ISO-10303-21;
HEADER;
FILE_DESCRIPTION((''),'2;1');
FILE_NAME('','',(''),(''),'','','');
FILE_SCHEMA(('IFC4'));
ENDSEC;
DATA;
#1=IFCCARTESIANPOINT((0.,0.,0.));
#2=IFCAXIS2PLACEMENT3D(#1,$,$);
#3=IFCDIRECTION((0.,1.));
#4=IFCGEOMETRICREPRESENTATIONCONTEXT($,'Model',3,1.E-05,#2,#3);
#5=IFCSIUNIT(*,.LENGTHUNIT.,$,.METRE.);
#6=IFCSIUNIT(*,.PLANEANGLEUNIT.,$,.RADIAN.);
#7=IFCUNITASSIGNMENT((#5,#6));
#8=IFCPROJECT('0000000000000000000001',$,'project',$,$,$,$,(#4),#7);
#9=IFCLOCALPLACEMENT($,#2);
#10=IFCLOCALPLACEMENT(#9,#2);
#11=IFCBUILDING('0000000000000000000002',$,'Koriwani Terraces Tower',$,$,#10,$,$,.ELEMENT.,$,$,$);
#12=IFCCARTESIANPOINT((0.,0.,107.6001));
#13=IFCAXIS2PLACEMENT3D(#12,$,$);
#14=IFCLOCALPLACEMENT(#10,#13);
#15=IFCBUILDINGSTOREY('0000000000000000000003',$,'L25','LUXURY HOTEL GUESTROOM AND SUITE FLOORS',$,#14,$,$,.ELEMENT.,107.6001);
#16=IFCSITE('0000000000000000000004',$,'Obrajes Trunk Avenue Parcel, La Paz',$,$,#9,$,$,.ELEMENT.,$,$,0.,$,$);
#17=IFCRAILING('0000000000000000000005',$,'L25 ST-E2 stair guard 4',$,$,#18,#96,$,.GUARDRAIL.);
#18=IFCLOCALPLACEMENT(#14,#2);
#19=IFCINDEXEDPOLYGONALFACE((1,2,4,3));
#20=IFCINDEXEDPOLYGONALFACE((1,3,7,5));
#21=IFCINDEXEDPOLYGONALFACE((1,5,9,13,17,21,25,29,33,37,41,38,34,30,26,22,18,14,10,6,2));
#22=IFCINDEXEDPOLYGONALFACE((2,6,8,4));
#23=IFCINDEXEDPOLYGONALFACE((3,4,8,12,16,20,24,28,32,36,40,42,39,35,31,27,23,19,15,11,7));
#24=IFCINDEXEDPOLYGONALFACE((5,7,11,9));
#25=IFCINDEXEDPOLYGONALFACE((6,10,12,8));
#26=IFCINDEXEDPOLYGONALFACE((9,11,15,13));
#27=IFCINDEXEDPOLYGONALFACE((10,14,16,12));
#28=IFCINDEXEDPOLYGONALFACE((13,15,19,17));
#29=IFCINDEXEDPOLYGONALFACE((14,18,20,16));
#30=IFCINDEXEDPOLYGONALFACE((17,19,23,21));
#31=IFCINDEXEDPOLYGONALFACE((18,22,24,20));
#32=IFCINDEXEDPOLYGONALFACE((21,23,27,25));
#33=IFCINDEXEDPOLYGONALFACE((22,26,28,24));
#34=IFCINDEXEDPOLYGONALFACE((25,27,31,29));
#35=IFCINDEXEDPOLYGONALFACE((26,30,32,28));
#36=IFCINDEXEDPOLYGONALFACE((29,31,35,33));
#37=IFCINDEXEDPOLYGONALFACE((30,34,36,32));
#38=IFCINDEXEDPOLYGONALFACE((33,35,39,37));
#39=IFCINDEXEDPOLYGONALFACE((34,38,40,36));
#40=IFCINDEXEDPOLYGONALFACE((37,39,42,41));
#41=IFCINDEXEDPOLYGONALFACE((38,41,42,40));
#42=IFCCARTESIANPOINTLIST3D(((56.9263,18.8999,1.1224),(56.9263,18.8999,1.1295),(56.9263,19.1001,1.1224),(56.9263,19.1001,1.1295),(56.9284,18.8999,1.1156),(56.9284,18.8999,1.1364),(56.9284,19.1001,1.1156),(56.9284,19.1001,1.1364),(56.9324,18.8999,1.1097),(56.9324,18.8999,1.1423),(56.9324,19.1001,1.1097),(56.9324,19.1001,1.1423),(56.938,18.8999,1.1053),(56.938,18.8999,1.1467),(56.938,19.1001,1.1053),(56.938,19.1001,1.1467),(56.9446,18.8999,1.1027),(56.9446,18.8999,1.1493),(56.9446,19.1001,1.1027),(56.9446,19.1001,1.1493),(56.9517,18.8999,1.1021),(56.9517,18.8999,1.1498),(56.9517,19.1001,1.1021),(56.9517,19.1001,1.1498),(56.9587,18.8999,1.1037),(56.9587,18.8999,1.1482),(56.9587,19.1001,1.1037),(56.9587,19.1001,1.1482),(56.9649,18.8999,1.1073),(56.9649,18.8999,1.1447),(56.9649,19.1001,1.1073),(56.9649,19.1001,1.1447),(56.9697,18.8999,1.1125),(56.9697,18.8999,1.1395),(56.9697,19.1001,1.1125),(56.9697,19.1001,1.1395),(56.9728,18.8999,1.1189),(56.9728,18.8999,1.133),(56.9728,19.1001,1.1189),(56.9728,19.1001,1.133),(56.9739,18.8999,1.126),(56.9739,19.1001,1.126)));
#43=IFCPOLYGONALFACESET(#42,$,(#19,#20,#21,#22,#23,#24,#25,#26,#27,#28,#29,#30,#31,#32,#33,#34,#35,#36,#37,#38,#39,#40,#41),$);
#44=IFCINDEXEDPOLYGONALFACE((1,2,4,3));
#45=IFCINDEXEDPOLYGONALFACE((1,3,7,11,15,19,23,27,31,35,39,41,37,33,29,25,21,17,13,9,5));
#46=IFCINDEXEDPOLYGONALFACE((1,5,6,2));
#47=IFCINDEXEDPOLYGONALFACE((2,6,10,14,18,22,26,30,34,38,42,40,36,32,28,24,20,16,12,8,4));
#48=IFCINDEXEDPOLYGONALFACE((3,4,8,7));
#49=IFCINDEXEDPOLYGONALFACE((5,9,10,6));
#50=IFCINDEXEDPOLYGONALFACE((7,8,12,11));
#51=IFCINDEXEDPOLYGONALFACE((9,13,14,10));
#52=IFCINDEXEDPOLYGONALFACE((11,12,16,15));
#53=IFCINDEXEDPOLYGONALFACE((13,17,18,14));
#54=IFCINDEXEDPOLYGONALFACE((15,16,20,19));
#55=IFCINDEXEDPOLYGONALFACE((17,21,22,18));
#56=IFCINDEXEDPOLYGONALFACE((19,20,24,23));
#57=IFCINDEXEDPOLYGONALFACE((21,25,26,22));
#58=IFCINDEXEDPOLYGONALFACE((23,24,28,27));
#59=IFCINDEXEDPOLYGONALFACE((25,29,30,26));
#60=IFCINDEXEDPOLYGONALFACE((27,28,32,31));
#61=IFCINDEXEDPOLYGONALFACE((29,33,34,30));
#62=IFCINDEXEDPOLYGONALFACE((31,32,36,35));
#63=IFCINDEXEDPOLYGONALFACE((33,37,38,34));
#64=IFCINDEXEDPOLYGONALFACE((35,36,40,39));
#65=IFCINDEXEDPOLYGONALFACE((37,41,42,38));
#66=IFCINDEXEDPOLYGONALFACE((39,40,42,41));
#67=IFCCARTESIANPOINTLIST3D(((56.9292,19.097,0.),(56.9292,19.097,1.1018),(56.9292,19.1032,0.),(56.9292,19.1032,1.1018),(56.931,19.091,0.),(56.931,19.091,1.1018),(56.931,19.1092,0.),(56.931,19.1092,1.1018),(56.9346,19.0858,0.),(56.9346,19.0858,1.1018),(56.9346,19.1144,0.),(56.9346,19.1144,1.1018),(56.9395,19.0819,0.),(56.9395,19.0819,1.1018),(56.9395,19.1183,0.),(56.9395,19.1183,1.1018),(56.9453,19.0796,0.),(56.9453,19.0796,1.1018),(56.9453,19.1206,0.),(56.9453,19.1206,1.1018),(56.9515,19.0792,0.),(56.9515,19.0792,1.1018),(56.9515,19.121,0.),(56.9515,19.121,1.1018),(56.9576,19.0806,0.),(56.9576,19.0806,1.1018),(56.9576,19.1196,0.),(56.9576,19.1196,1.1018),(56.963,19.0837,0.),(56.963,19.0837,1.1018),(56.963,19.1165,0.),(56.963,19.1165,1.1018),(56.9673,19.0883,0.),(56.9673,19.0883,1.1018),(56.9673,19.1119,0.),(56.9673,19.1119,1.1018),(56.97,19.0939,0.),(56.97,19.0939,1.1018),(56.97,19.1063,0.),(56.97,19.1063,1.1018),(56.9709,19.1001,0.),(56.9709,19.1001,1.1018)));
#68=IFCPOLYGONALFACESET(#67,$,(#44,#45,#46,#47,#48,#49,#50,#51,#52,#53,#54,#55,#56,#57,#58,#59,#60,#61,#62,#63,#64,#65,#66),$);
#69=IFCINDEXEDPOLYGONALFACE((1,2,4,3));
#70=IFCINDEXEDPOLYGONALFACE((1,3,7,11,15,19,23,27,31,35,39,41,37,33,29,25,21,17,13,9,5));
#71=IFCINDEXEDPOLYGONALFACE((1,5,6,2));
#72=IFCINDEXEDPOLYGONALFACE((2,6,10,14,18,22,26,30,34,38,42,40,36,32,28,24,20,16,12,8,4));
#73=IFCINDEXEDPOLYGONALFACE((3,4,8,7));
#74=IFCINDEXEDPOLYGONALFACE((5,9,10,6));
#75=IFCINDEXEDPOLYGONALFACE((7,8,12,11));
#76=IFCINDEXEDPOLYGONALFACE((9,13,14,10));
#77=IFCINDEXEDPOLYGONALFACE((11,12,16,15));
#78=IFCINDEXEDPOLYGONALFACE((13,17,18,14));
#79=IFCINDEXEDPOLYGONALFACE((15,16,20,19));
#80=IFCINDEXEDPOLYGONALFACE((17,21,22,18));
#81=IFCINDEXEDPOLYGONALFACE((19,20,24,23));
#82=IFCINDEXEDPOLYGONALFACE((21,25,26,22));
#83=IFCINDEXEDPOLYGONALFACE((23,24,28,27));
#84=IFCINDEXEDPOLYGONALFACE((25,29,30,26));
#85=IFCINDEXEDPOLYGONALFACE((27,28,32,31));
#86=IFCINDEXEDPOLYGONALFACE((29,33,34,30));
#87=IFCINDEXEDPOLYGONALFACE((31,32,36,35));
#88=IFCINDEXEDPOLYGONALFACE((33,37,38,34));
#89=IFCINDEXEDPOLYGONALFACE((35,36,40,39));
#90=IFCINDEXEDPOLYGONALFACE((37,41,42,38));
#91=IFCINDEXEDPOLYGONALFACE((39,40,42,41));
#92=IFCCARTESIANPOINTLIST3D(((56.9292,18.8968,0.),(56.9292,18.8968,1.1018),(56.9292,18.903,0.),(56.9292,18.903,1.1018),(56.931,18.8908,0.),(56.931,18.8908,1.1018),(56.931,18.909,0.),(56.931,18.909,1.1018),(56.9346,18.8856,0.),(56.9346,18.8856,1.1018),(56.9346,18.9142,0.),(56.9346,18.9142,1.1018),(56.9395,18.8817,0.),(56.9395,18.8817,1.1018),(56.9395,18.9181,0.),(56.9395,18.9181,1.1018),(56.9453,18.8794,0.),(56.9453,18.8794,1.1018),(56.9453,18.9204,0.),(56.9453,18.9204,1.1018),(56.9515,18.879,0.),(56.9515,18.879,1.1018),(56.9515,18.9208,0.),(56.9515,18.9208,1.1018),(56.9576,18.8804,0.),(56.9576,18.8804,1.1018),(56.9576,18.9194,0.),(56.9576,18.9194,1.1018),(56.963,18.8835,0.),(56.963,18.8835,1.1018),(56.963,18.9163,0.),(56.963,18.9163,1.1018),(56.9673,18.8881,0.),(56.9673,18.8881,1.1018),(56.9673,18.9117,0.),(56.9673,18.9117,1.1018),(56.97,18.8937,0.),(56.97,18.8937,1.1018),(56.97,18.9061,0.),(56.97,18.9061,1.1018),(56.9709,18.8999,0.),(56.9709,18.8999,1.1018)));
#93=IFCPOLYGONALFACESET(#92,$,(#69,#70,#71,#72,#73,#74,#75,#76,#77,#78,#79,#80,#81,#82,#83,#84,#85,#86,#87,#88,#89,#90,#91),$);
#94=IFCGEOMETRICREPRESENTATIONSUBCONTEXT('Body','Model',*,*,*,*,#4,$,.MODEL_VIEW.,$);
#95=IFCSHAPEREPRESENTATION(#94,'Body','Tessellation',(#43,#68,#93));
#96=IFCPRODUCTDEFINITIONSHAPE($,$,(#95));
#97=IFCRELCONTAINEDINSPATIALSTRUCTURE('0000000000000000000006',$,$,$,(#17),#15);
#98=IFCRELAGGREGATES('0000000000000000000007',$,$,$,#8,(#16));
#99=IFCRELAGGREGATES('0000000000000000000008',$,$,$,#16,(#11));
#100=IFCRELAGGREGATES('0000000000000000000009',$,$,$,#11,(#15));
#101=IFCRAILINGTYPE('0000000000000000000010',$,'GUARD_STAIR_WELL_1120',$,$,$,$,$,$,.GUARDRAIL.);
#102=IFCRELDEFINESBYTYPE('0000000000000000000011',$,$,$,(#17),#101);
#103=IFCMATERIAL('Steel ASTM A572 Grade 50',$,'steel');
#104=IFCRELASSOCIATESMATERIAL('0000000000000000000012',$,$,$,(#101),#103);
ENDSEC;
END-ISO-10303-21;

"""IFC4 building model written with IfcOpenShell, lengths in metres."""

from ifc_helpers import new_model, si_unit, direction, frame, origin, origin_2d, place, context, subcontext, project, spatial, circle, extrude, material, type_object, element, save


model = new_model("IFC4")

# Units and contexts
model_context = context("Model", 3, precision=1e-05, world=origin(), true_north=direction((0.0, 1.0)))
body_context = subcontext(model_context, "Body", "Model", "MODEL_VIEW")
ifc_project = project(units=[si_unit("LENGTHUNIT", "METRE"), si_unit("PLANEANGLEUNIT", "RADIAN")], contexts=[model_context])

# Site, building, storey
site_placement = place(None, origin())
site = spatial("IfcSite", under=ifc_project, at=site_placement, Name="Obrajes Trunk Avenue Parcel, La Paz", CompositionType="ELEMENT", RefElevation=0.0)
building_placement = place(site_placement, origin())
building = spatial("IfcBuilding", under=site, at=building_placement, Name="Koriwani Terraces Tower", CompositionType="ELEMENT")
storey_placement = place(building_placement, frame((0.0, 0.0, 107.6001)))
storey = spatial("IfcBuildingStorey", under=building, at=storey_placement, Name="L25", Description="LUXURY HOTEL GUESTROOM AND SUITE FLOORS", CompositionType="ELEMENT", Elevation=107.6001)

# Shared definitions
ifc_material_1 = material(Name="Steel ASTM A572 Grade 50", Category="steel")

# Railing
railing_type_1 = type_object("IfcRailingType", Name="GUARD_STAIR_WELL_1120", PredefinedType="GUARDRAIL", material=ifc_material_1)
railing_1_placement = place(storey_placement, frame((56.95, 19.1001, 0.0)))
element("IfcRailing", 1, at=railing_1_placement, inside=storey, type_object=railing_type_1, Name="L25 ST-E2 stair guard 4", PredefinedType="GUARDRAIL", context=body_context, shape_type="SweptSolid", body=[
    extrude(circle(Radius=0.0239, at=origin_2d()), frame((0.0, 0.0, 1.126), z_axis=(0.0, -1.0, 0.0), x_axis=(1.0, 0.0, 0.0)), (0.0, 0.0, 1.0), 0.2002),
    extrude(circle(Radius=0.021, at=origin_2d()), origin(), (0.0, 0.0, 1.0), 1.1018),
    extrude(circle(Radius=0.021, at=origin_2d()), frame((0.0, -0.2002, 0.0)), (0.0, 0.0, 1.0), 1.1018),
])

save(model, "model.ifc")
